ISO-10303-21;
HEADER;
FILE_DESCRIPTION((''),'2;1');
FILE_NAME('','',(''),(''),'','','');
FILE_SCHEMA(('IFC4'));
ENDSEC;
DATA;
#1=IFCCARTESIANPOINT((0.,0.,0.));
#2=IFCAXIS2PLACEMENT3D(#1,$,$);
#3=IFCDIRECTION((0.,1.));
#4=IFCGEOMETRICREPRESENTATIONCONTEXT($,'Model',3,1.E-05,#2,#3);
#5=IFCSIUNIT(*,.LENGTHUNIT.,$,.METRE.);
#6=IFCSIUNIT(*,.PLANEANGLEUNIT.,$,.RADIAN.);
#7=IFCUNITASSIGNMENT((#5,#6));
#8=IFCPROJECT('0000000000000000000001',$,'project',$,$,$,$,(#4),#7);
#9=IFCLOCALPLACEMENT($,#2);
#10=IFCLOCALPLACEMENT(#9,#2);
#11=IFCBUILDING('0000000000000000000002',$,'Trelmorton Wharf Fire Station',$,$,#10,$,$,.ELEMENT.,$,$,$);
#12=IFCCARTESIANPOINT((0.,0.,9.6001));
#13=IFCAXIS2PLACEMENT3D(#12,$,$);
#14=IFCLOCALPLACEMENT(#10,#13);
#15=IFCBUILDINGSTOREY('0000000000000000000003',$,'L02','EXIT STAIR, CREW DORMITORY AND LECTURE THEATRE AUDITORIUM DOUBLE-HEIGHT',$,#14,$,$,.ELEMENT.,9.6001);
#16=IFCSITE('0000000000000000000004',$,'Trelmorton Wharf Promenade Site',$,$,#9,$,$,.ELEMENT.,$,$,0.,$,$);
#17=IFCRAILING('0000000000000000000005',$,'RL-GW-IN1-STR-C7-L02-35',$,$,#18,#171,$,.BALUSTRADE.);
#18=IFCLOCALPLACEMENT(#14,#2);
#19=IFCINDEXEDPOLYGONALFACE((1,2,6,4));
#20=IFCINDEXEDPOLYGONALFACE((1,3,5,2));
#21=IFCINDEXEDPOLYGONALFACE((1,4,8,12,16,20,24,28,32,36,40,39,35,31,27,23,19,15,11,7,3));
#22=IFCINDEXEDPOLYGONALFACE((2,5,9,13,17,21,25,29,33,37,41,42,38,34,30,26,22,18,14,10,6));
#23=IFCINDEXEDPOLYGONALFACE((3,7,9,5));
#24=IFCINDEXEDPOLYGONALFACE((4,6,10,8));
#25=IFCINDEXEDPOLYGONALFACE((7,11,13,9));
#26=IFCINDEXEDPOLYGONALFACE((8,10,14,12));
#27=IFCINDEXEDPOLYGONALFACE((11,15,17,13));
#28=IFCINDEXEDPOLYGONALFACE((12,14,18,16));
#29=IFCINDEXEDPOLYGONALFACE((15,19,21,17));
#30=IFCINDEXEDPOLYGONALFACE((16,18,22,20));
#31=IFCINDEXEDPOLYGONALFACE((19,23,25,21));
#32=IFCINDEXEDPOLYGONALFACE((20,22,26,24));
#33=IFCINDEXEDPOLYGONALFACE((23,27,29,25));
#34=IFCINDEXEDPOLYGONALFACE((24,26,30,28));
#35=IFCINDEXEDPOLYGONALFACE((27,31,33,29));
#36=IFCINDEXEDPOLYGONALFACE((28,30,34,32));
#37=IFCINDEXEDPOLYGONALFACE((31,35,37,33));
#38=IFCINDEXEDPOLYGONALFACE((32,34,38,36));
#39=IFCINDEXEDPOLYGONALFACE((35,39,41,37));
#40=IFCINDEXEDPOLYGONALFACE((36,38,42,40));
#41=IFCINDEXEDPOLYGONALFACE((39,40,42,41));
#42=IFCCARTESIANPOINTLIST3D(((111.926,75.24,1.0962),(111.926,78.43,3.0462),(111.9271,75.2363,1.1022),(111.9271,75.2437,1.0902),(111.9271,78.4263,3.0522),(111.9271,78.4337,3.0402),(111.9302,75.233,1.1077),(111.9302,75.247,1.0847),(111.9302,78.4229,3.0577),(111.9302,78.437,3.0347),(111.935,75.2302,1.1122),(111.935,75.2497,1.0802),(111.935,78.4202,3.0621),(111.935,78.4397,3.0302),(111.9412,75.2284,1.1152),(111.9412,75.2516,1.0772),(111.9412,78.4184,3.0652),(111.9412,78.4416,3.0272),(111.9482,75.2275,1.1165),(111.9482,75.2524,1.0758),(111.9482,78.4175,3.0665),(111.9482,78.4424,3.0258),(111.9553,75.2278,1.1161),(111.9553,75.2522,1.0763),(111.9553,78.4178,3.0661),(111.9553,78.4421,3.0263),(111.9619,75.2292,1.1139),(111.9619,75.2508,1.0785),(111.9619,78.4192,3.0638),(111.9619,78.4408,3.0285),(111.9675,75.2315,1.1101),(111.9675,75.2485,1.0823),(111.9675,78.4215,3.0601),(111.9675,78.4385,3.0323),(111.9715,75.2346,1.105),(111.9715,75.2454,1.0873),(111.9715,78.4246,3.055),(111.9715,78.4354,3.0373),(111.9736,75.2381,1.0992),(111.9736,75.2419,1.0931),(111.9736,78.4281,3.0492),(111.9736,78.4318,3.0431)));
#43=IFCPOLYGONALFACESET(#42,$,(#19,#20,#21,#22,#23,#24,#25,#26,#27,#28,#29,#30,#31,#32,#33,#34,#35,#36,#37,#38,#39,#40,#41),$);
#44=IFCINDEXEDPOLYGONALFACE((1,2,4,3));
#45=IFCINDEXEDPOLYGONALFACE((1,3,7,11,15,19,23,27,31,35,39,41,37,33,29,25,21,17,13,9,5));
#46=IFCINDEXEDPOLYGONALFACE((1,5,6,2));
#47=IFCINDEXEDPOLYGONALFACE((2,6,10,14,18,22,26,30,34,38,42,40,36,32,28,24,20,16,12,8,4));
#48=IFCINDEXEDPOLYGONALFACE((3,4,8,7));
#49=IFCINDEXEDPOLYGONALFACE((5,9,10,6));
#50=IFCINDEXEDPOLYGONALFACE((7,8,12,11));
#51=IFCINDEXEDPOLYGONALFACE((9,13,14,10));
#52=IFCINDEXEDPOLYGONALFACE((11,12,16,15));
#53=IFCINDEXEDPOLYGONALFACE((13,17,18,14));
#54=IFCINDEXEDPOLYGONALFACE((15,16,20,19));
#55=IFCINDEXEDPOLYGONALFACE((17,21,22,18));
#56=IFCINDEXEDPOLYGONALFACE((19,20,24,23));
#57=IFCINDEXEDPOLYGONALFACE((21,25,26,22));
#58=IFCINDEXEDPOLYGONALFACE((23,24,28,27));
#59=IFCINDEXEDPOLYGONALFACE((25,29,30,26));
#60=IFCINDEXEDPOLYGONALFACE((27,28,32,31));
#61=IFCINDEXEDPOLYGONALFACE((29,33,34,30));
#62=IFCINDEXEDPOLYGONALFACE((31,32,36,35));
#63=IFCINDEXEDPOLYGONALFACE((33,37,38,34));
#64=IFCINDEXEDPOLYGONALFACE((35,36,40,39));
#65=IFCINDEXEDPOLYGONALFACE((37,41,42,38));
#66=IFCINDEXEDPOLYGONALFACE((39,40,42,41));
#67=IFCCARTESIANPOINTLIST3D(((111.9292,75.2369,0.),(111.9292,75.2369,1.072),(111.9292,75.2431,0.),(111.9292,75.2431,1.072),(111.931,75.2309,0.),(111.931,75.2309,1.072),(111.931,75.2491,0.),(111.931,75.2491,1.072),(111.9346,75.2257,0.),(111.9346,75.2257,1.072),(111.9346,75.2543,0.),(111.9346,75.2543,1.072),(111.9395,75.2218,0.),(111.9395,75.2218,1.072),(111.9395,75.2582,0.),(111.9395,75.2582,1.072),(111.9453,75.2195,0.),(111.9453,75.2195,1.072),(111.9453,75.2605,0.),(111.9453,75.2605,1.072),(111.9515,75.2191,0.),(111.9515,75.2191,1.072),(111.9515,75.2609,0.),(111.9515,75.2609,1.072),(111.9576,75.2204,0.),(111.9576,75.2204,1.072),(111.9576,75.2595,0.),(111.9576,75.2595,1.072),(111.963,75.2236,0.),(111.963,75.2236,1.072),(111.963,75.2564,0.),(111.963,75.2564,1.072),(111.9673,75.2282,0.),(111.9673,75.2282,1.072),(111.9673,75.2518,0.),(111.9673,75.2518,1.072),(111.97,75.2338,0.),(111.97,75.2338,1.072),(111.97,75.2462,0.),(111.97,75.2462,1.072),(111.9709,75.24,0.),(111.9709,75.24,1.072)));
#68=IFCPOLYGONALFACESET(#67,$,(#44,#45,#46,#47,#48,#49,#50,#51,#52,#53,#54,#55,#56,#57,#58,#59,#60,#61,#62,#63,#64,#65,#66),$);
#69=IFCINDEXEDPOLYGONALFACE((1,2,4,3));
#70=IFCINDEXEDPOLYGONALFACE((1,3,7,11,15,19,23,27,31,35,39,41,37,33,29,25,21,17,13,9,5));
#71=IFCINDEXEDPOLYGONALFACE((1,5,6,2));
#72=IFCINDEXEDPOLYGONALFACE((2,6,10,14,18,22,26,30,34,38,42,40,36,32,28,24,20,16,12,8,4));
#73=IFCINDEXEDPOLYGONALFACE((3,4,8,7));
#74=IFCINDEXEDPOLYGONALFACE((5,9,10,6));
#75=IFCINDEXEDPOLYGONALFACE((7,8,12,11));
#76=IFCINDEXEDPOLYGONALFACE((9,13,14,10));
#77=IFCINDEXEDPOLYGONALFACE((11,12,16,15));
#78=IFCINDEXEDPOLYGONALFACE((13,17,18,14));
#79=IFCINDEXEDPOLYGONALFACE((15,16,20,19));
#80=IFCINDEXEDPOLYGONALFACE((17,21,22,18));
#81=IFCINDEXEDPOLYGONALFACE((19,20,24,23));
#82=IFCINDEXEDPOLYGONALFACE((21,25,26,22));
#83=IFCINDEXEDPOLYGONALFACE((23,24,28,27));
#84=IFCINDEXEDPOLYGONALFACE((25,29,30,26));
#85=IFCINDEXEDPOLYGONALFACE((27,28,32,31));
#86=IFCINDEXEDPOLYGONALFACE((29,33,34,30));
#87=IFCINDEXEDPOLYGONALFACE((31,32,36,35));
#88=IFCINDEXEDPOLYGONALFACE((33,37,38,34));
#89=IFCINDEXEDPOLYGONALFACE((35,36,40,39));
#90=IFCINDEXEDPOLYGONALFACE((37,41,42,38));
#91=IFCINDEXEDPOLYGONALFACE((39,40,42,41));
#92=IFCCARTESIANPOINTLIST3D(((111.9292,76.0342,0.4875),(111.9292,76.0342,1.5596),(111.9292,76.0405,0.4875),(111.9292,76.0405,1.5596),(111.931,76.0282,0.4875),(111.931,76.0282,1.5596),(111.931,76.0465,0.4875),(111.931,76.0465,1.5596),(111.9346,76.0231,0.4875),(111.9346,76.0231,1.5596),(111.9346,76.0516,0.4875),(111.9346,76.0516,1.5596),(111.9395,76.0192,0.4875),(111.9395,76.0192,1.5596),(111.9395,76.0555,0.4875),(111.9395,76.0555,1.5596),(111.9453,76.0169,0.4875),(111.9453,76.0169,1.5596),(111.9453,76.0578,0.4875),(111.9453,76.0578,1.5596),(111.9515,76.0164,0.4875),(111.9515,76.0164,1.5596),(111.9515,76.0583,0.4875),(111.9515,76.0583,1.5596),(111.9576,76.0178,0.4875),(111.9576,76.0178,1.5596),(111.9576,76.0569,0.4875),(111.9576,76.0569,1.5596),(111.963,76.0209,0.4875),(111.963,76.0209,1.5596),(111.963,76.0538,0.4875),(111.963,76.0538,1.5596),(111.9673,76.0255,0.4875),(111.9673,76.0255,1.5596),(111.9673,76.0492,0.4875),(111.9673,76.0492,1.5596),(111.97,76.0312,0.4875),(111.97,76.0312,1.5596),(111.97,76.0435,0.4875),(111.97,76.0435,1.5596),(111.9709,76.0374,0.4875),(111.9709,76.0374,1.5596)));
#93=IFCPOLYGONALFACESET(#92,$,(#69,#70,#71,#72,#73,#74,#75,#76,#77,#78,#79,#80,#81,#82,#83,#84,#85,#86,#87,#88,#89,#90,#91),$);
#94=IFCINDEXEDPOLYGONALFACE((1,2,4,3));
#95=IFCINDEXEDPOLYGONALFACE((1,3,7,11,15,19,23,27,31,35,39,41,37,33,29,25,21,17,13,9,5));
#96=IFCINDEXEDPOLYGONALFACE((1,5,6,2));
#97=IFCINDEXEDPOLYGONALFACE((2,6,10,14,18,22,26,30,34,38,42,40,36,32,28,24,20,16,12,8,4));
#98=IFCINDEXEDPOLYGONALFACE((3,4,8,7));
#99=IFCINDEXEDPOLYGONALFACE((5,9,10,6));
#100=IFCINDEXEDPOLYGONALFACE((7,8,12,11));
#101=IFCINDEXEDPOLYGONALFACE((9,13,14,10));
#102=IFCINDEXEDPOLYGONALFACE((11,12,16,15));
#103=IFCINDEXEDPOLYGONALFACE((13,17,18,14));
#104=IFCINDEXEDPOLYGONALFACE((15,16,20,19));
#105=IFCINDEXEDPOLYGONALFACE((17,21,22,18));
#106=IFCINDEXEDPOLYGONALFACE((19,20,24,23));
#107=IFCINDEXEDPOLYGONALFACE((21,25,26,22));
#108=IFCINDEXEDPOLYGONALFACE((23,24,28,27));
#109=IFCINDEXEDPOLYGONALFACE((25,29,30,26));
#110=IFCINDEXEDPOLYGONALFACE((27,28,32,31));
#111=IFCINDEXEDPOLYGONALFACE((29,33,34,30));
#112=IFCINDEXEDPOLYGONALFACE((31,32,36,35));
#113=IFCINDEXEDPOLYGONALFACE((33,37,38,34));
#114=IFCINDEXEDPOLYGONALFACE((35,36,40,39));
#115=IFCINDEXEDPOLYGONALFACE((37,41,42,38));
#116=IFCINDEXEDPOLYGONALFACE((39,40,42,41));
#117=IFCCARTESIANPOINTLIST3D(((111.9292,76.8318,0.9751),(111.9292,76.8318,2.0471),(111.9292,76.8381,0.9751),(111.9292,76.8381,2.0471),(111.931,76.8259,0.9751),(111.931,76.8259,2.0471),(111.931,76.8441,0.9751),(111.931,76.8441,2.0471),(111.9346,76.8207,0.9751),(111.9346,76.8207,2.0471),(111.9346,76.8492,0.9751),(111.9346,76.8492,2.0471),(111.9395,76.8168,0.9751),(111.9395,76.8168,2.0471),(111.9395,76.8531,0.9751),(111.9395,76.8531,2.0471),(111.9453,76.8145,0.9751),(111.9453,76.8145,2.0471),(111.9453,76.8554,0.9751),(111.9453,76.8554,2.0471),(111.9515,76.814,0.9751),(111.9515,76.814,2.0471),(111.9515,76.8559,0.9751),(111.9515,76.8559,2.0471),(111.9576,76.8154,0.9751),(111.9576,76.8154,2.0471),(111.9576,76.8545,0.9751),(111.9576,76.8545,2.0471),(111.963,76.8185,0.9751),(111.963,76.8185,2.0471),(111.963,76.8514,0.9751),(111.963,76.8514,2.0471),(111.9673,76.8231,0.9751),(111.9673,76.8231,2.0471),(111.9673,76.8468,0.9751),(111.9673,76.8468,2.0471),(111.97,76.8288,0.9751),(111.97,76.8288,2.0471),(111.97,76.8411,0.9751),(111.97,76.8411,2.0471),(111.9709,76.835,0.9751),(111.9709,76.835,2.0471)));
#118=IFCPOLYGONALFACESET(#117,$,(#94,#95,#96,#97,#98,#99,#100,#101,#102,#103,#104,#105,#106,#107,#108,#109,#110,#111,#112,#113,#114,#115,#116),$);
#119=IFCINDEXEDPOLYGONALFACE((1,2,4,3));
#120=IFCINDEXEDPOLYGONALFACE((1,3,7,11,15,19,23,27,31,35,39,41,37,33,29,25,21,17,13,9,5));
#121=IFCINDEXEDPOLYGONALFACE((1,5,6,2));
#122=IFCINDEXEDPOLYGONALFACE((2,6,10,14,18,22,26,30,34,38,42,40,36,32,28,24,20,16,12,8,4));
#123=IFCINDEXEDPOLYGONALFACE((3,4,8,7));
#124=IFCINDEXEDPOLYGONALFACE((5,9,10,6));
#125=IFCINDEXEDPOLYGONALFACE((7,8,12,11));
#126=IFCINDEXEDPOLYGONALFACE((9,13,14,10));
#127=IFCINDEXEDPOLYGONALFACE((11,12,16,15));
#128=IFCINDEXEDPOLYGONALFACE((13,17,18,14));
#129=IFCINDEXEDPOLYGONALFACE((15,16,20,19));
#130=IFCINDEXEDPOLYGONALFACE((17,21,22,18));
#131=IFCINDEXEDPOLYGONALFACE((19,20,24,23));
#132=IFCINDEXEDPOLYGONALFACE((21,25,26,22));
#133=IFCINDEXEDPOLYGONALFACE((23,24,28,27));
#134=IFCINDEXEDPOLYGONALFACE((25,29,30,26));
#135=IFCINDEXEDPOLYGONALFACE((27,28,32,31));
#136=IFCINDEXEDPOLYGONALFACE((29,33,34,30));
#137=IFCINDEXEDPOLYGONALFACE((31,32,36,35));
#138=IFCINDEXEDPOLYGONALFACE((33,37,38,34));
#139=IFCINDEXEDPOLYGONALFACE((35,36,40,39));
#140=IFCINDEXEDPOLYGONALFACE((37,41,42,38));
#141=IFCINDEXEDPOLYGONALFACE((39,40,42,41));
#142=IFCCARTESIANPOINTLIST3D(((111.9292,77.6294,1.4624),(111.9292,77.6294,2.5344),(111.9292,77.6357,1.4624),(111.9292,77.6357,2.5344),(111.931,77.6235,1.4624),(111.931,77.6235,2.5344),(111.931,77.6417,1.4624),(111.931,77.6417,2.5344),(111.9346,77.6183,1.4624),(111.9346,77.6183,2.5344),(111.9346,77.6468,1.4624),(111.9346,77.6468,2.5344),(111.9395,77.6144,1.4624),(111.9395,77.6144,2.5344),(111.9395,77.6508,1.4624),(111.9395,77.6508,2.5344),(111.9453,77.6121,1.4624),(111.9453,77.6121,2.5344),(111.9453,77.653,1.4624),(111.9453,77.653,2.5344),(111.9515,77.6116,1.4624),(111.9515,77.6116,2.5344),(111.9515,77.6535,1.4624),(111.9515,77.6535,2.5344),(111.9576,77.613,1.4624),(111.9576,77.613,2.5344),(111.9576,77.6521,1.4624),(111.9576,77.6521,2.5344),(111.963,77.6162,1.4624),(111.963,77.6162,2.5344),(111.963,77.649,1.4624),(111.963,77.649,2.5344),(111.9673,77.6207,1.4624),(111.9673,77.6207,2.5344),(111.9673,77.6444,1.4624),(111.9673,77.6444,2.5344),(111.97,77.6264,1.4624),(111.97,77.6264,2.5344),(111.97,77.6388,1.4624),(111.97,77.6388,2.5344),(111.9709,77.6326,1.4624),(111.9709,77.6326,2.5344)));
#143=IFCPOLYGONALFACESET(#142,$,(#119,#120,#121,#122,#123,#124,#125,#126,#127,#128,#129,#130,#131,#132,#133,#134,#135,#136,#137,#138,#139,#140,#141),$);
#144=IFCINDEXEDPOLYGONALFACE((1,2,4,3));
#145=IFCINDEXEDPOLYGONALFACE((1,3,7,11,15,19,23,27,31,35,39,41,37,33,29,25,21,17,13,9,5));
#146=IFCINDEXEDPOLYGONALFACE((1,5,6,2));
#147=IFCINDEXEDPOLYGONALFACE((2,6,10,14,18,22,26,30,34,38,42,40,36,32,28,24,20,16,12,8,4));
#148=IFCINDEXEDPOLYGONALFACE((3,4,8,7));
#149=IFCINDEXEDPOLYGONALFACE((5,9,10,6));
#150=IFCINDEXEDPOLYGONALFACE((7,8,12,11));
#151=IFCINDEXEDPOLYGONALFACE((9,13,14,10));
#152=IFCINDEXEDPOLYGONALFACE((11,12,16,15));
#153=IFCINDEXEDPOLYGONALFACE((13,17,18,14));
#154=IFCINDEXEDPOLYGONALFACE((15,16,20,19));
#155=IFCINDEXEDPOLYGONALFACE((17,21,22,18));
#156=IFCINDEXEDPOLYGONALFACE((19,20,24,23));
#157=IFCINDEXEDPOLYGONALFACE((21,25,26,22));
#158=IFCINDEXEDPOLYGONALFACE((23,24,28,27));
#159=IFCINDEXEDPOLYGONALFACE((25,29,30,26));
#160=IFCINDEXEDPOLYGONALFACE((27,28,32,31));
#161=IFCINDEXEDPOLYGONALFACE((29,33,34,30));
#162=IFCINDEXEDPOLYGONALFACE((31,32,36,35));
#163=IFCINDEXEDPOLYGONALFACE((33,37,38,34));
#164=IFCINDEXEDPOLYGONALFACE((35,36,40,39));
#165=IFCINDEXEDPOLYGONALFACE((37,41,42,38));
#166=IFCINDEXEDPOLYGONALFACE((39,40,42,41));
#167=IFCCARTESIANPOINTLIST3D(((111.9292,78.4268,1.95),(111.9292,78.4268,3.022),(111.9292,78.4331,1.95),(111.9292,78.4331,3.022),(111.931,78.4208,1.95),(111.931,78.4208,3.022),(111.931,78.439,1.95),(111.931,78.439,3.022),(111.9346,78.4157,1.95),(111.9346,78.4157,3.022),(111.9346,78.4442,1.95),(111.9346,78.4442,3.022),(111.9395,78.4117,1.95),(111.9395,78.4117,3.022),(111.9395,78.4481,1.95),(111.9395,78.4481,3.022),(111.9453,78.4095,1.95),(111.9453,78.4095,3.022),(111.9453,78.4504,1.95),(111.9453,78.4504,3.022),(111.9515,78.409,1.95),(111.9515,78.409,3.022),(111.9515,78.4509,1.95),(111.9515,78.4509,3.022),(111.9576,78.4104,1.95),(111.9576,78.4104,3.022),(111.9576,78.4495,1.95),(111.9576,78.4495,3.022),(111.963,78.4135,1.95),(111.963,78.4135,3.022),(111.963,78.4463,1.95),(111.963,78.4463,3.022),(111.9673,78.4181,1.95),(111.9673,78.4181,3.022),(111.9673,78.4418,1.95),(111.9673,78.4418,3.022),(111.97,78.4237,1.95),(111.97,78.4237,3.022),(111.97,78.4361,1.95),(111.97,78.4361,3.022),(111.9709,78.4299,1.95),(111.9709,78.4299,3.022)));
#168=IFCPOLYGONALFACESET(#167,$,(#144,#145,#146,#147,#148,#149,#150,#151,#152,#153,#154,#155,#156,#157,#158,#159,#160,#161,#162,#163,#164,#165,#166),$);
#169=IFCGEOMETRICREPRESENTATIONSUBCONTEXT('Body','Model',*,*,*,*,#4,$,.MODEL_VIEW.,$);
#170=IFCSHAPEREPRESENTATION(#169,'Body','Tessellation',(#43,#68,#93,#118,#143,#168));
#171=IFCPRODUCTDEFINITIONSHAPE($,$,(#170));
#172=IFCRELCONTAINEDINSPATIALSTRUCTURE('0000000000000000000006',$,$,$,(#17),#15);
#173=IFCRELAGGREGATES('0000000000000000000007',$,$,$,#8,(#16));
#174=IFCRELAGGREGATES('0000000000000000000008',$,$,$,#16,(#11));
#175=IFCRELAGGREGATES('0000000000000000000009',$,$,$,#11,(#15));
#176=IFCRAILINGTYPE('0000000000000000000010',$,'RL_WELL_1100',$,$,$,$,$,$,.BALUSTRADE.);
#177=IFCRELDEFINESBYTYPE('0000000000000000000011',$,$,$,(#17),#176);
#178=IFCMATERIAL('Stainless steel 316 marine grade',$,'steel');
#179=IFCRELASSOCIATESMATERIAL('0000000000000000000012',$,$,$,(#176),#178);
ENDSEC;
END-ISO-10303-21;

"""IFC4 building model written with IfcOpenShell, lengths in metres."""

from ifc_helpers import new_model, si_unit, direction, frame, origin, origin_2d, place, context, subcontext, project, spatial, circle, extrude, material, type_object, element, save


model = new_model("IFC4")

# Units and contexts
model_context = context("Model", 3, precision=1e-05, world=origin(), true_north=direction((0.0, 1.0)))
body_context = subcontext(model_context, "Body", "Model", "MODEL_VIEW")
ifc_project = project(units=[si_unit("LENGTHUNIT", "METRE"), si_unit("PLANEANGLEUNIT", "RADIAN")], contexts=[model_context])

# Site, building, storey
site_placement = place(None, origin())
site = spatial("IfcSite", under=ifc_project, at=site_placement, Name="Trelmorton Wharf Promenade Site", CompositionType="ELEMENT", RefElevation=0.0)
building_placement = place(site_placement, origin())
building = spatial("IfcBuilding", under=site, at=building_placement, Name="Trelmorton Wharf Fire Station", CompositionType="ELEMENT")
storey_placement = place(building_placement, frame((0.0, 0.0, 9.6001)))
storey = spatial("IfcBuildingStorey", under=building, at=storey_placement, Name="L02", Description="EXIT STAIR, CREW DORMITORY AND LECTURE THEATRE AUDITORIUM DOUBLE-HEIGHT", CompositionType="ELEMENT", Elevation=9.6001)

# Shared definitions
ifc_material_1 = material(Name="Stainless steel 316 marine grade", Category="steel")

# Railing
railing_type = type_object("IfcRailingType", Name="RL_WELL_1100", PredefinedType="BALUSTRADE", material=ifc_material_1)
railing_1_placement = place(storey_placement, frame((111.95, 75.24, 0.0)))
element("IfcRailing", 1, at=railing_1_placement, inside=storey, type_object=railing_type, Name="RL-GW-IN1-STR-C7-L02-35", PredefinedType="BALUSTRADE", context=body_context, shape_type="SweptSolid", body=[
    extrude(circle(Radius=0.0239, at=origin_2d()), frame((0.0, 0.0, 1.0962), z_axis=(0.0, 0.853217, 0.521556), x_axis=(-1.0, 0.0, 0.0)), (0.0, 0.0, 1.0), 3.7388),
    extrude(circle(Radius=0.021, at=origin_2d()), origin(), (0.0, 0.0, 1.0), 1.072),
    extrude(circle(Radius=0.021, at=origin_2d()), frame((0.0, 0.7974, 0.4875)), (0.0, 0.0, 1.0), 1.072),
    extrude(circle(Radius=0.021, at=origin_2d()), frame((0.0, 1.595, 0.9751)), (0.0, 0.0, 1.0), 1.072),
    extrude(circle(Radius=0.021, at=origin_2d()), frame((0.0, 2.3926, 1.4624)), (0.0, 0.0, 1.0), 1.072),
    extrude(circle(Radius=0.021, at=origin_2d()), frame((0.0, 3.1899, 1.95)), (0.0, 0.0, 1.0), 1.072),
])

save(model, "model.ifc")
